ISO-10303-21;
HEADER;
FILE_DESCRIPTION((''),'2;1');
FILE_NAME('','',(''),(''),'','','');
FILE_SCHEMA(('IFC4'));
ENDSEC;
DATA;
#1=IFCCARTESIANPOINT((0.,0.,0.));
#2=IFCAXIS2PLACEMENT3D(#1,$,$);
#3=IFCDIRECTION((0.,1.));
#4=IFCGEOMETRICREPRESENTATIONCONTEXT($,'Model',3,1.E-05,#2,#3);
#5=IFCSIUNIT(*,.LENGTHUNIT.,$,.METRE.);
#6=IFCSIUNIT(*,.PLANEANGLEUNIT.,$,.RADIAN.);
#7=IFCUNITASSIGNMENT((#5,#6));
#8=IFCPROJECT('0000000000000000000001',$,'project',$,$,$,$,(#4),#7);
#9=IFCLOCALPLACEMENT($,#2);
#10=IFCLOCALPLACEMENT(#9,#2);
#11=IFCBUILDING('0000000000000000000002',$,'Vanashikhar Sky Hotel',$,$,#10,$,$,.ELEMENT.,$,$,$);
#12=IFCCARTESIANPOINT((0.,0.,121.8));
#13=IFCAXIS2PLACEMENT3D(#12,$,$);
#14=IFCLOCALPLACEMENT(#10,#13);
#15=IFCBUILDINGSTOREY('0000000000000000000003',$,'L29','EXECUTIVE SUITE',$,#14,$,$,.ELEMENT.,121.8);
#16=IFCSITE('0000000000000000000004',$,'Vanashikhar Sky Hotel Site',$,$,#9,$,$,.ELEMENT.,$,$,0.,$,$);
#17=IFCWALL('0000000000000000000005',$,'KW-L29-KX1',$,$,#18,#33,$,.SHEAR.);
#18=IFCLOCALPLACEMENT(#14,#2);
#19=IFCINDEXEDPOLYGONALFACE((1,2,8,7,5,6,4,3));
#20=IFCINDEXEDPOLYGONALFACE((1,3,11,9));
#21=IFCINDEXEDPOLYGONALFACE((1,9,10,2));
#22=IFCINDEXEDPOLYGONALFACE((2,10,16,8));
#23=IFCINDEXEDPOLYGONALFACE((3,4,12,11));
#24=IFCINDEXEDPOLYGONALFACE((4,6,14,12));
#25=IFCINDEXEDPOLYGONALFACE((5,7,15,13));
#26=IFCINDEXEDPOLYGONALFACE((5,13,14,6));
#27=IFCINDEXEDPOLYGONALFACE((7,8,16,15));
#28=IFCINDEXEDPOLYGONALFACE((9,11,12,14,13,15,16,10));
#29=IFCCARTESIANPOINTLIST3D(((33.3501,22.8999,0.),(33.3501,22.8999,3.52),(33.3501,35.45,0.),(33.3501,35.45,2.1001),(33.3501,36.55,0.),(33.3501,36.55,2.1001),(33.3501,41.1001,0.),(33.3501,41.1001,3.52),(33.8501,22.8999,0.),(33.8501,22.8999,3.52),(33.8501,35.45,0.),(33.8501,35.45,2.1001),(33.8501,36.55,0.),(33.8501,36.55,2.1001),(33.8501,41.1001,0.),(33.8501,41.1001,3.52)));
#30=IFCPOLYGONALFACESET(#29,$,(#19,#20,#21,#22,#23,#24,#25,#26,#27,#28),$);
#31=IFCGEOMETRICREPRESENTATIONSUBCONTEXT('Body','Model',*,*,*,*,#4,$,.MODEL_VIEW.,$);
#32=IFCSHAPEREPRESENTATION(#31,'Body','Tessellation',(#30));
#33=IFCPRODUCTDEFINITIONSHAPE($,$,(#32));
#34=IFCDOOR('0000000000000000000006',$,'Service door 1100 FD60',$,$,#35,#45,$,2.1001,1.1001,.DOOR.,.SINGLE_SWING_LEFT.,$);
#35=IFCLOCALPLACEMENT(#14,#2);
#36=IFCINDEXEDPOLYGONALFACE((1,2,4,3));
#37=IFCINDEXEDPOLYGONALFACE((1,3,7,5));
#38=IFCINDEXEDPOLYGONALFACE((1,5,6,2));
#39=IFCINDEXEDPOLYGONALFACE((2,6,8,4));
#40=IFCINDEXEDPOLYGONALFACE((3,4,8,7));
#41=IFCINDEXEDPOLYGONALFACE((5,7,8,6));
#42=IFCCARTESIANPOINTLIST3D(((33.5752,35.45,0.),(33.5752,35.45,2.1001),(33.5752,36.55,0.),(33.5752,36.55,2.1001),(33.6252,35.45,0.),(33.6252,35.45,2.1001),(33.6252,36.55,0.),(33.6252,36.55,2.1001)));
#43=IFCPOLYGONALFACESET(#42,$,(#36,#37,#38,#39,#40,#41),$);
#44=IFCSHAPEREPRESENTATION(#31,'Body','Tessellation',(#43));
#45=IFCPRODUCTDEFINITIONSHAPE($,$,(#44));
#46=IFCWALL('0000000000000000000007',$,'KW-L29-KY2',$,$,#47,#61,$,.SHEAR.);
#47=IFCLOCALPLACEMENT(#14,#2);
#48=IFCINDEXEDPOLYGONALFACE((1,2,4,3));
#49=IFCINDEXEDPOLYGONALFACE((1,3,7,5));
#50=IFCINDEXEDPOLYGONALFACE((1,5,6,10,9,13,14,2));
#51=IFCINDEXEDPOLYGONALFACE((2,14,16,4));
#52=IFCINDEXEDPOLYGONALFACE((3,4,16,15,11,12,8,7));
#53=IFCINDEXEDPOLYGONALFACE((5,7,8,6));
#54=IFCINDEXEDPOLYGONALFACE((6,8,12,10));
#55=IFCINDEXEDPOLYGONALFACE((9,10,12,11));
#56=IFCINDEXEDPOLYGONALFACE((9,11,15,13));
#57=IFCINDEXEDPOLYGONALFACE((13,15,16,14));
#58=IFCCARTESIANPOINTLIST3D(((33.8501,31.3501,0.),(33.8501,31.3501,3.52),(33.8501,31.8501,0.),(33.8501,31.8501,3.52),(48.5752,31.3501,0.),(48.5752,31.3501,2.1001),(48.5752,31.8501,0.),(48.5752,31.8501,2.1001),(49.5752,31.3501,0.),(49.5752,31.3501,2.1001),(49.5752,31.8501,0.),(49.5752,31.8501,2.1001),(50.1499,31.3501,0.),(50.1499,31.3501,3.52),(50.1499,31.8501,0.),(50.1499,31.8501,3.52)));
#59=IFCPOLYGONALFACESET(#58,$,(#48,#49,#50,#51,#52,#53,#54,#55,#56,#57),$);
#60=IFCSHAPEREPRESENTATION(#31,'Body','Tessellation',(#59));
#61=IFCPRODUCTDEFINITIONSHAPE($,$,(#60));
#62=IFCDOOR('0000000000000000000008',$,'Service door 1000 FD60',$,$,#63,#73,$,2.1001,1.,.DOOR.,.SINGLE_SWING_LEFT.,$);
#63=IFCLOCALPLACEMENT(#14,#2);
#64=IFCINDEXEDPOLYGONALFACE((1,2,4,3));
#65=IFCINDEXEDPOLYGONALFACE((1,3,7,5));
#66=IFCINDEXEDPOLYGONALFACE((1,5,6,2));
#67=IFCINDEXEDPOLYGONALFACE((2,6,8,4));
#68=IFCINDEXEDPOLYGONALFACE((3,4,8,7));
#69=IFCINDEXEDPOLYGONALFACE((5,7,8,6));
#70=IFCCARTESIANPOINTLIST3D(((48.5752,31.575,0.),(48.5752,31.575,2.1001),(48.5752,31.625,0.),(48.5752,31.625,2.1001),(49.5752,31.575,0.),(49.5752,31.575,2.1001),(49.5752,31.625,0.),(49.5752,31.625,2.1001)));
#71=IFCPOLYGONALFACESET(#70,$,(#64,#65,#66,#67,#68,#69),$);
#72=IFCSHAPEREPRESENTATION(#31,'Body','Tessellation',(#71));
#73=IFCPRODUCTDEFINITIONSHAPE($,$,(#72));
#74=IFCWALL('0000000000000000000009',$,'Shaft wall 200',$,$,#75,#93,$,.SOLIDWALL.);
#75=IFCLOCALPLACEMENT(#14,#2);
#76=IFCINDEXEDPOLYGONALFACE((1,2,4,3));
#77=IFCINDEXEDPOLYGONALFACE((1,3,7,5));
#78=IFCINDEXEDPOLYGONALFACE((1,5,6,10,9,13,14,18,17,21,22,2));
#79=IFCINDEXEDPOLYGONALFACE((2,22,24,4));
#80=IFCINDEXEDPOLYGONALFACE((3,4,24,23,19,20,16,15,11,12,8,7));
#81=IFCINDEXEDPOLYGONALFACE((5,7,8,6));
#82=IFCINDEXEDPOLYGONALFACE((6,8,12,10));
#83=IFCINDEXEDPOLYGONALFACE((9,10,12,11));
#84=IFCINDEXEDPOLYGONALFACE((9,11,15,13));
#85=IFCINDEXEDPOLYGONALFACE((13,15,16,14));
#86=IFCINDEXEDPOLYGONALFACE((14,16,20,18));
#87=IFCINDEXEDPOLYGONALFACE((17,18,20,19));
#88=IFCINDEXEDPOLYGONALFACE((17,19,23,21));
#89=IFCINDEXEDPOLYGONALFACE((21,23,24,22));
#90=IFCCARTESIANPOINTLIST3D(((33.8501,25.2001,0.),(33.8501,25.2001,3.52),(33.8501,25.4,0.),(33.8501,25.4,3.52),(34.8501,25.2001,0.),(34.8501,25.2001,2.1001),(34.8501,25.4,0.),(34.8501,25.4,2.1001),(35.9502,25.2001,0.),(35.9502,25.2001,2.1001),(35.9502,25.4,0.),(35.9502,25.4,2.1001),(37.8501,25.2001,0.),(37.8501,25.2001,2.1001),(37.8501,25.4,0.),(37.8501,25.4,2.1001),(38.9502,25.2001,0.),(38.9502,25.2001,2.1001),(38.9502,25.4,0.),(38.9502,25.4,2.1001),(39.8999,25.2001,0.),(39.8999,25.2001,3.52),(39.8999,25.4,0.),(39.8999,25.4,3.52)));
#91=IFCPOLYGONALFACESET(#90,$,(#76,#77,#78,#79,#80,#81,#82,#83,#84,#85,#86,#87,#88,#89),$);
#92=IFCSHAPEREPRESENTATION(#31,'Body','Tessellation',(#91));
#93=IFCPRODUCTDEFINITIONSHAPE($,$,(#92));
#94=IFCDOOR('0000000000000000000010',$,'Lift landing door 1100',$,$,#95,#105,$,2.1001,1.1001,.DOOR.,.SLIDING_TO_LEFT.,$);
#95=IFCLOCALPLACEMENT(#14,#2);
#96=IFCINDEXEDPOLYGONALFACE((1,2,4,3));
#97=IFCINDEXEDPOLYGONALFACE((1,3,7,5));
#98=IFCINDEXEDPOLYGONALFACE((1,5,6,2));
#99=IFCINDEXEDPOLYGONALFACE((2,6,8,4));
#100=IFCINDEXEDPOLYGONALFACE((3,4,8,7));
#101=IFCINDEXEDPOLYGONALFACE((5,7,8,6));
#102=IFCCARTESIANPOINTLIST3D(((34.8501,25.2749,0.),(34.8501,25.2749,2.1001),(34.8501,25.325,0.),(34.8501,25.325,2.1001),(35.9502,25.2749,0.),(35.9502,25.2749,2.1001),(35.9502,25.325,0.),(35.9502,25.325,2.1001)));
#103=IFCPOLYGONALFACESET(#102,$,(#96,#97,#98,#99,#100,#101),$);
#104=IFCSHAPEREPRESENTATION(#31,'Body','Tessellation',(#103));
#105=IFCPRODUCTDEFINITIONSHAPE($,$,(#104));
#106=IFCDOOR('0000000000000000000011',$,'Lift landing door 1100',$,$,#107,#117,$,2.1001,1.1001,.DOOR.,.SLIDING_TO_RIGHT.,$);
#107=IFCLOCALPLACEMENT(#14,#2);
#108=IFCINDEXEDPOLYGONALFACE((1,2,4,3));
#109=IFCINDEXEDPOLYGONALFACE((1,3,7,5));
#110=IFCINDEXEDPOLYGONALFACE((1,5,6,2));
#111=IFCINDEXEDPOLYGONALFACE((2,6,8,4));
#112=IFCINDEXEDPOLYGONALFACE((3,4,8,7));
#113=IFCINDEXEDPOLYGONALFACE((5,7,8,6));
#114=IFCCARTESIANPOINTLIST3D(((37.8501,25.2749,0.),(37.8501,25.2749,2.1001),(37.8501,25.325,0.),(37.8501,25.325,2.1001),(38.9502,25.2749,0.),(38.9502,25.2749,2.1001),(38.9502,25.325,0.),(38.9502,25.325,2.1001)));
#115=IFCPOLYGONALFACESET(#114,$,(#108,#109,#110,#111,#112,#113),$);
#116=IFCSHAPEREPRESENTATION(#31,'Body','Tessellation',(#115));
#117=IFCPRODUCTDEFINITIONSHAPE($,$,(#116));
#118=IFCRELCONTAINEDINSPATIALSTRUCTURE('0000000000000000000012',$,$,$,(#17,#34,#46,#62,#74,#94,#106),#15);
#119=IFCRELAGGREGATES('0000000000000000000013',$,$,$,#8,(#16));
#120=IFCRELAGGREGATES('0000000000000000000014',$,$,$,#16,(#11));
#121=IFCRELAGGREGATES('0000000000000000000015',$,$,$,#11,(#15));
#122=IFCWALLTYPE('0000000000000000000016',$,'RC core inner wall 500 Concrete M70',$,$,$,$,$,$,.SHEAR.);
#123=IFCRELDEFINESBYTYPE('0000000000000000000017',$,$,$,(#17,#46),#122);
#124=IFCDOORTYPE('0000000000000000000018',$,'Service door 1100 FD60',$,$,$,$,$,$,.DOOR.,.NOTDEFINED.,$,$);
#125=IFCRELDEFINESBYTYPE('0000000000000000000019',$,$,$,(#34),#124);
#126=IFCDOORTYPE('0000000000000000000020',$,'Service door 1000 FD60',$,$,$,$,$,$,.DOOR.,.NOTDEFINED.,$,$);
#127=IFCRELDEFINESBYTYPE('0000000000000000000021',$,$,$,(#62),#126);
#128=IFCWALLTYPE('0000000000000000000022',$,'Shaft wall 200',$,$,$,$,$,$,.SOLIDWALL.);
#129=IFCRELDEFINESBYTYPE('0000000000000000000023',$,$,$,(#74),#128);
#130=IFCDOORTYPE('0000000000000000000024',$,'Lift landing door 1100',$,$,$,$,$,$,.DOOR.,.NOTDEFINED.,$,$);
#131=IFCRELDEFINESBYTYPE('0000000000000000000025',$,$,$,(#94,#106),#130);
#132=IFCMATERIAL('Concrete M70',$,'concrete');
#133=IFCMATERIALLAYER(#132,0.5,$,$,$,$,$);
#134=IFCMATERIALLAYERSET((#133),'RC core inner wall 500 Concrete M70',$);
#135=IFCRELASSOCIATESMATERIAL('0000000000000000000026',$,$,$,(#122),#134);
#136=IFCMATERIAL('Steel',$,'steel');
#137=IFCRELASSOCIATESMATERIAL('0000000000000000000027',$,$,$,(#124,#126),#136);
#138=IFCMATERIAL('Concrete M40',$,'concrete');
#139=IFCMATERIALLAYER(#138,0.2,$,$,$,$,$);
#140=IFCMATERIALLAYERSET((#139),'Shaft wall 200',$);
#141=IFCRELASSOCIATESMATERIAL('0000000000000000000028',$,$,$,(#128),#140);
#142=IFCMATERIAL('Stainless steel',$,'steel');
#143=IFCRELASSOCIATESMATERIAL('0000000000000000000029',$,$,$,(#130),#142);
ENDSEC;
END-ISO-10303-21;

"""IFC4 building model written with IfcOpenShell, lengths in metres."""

from ifc_helpers import new_model, si_unit, direction, frame, frame_2d, origin, place, context, subcontext, project, spatial, rectangle, extrude, source, transform, mapped, material, layer, layer_set, type_object, element, fill, save


model = new_model("IFC4")

# Units and contexts
model_context = context("Model", 3, precision=1e-05, world=origin(), true_north=direction((0.0, 1.0)))
body_context = subcontext(model_context, "Body", "Model", "MODEL_VIEW")
ifc_project = project(units=[si_unit("LENGTHUNIT", "METRE"), si_unit("PLANEANGLEUNIT", "RADIAN")], contexts=[model_context])

# Site, building, storey
site_placement = place(None, origin())
site = spatial("IfcSite", under=ifc_project, at=site_placement, Name="Vanashikhar Sky Hotel Site", CompositionType="ELEMENT", RefElevation=0.0)
building_placement = place(site_placement, origin())
building = spatial("IfcBuilding", under=site, at=building_placement, Name="Vanashikhar Sky Hotel", CompositionType="ELEMENT")
storey_placement = place(building_placement, frame((0.0, 0.0, 121.8)))
storey = spatial("IfcBuildingStorey", under=building, at=storey_placement, Name="L29", Description="EXECUTIVE SUITE", CompositionType="ELEMENT", Elevation=121.8)

# Walls, openings, doors
ifc_material_1 = material(Name="Concrete M70", Category="concrete")
ifc_layer_1 = layer(ifc_material_1, 0.5)
ifc_layer_set_1 = layer_set([ifc_layer_1], Name="RC core inner wall 500 Concrete M70")
wall_type_1 = type_object("IfcWallType", Name="RC core inner wall 500 Concrete M70", PredefinedType="SHEAR", material=ifc_layer_set_1)
shared_shape_1 = source(origin(), body_context, "Body", "SweptSolid", [
    extrude(rectangle(XDim=18.2002, YDim=0.5, at=frame_2d((9.1001, 0.0))), origin(), (0.0, 0.0, 1.0), 3.52),
])
wall_1_placement = place(storey_placement, frame((33.6001, 22.8999, 0.0), z_axis=(0.0, 0.0, 1.0), x_axis=(0.0, 1.0, 0.0)))
wall_1 = element("IfcWall", 1, at=wall_1_placement, inside=storey, type_object=wall_type_1, Name="KW-L29-KX1", PredefinedType="SHEAR", context=body_context, shape_type="MappedRepresentation", body=[
    mapped(shared_shape_1, transform((0.0, 0.0, 0.0), scale=1.0)),
])
shared_shape_2 = source(origin(), body_context, "Body", "SweptSolid", [
    extrude(rectangle(XDim=1.1001, YDim=2.1001, at=frame_2d((0.55, 1.05))), frame((0.0, 0.26, 0.0), z_axis=(0.0, -1.0, 0.0), x_axis=(1.0, 0.0, 0.0)), (0.0, 0.0, 1.0), 0.52),
])
opening_1_placement = place(wall_1_placement, frame((12.55, 0.0, 0.0)))
opening_1 = element("IfcOpeningElement", 2, at=opening_1_placement, cuts=wall_1, PredefinedType="OPENING", context=body_context, shape_type="MappedRepresentation", body=[
    mapped(shared_shape_2, transform((0.0, 0.0, 0.0), scale=1.0)),
])
ifc_material_2 = material(Name="Steel", Category="steel")
door_type_1 = type_object("IfcDoorType", Name="Service door 1100 FD60", OperationType="NOTDEFINED", PredefinedType="DOOR", material=ifc_material_2)
shared_shape_3 = source(origin(), body_context, "Body", "SweptSolid", [
    extrude(rectangle(XDim=1.1001, YDim=2.1001, at=frame_2d((0.55, 1.05))), frame((0.0, 0.0249, 0.0), z_axis=(0.0, -1.0, 0.0), x_axis=(1.0, 0.0, 0.0)), (0.0, 0.0, 1.0), 0.05),
])
door_1_placement = place(opening_1_placement, origin())
door_1 = element("IfcDoor", 3, at=door_1_placement, inside=storey, type_object=door_type_1, Name="Service door 1100 FD60", OperationType="SINGLE_SWING_LEFT", OverallHeight=2.1001, OverallWidth=1.1001, PredefinedType="DOOR", context=body_context, shape_type="MappedRepresentation", body=[
    mapped(shared_shape_3, transform((0.0, 0.0, 0.0), scale=1.0)),
])
fill(opening_1, door_1)
shared_shape_4 = source(origin(), body_context, "Body", "SweptSolid", [
    extrude(rectangle(XDim=16.2998, YDim=0.5, at=frame_2d((8.1499, 0.0))), origin(), (0.0, 0.0, 1.0), 3.52),
])
wall_2_placement = place(storey_placement, frame((33.8501, 31.6001, 0.0), z_axis=(0.0, 0.0, 1.0), x_axis=(1.0, 0.0, 0.0)))
wall_2 = element("IfcWall", 4, at=wall_2_placement, inside=storey, type_object=wall_type_1, Name="KW-L29-KY2", PredefinedType="SHEAR", context=body_context, shape_type="MappedRepresentation", body=[
    mapped(shared_shape_4, transform((0.0, 0.0, 0.0), scale=1.0)),
])
shared_shape_5 = source(origin(), body_context, "Body", "SweptSolid", [
    extrude(rectangle(XDim=1.0, YDim=2.1001, at=frame_2d((0.5, 1.05))), frame((0.0, 0.26, 0.0), z_axis=(0.0, -1.0, 0.0), x_axis=(1.0, 0.0, 0.0)), (0.0, 0.0, 1.0), 0.52),
])
opening_2_placement = place(wall_2_placement, frame((14.7251, 0.0, 0.0)))
opening_2 = element("IfcOpeningElement", 5, at=opening_2_placement, cuts=wall_2, PredefinedType="OPENING", context=body_context, shape_type="MappedRepresentation", body=[
    mapped(shared_shape_5, transform((0.0, 0.0, 0.0), scale=1.0)),
])
door_type_2 = type_object("IfcDoorType", Name="Service door 1000 FD60", OperationType="NOTDEFINED", PredefinedType="DOOR", material=ifc_material_2)
shared_shape_6 = source(origin(), body_context, "Body", "SweptSolid", [
    extrude(rectangle(XDim=1.0, YDim=2.1001, at=frame_2d((0.5, 1.05))), frame((0.0, 0.0249, 0.0), z_axis=(0.0, -1.0, 0.0), x_axis=(1.0, 0.0, 0.0)), (0.0, 0.0, 1.0), 0.05),
])
door_2_placement = place(opening_2_placement, origin())
door_2 = element("IfcDoor", 6, at=door_2_placement, inside=storey, type_object=door_type_2, Name="Service door 1000 FD60", OperationType="SINGLE_SWING_LEFT", OverallHeight=2.1001, OverallWidth=1.0, PredefinedType="DOOR", context=body_context, shape_type="MappedRepresentation", body=[
    mapped(shared_shape_6, transform((0.0, 0.0, 0.0), scale=1.0)),
])
fill(opening_2, door_2)

# Wall, openings, doors
ifc_material_3 = material(Name="Concrete M40", Category="concrete")
ifc_layer_2 = layer(ifc_material_3, 0.2)
ifc_layer_set_2 = layer_set([ifc_layer_2], Name="Shaft wall 200")
wall_type_2 = type_object("IfcWallType", Name="Shaft wall 200", PredefinedType="SOLIDWALL", material=ifc_layer_set_2)
shared_shape_7 = source(origin(), body_context, "Body", "SweptSolid", [
    extrude(rectangle(XDim=6.0498, YDim=0.2, at=frame_2d((3.0249, 0.0))), origin(), (0.0, 0.0, 1.0), 3.52),
])
wall_3_placement = place(storey_placement, frame((33.8501, 25.3, 0.0), z_axis=(0.0, 0.0, 1.0), x_axis=(1.0, 0.0, 0.0)))
wall_3 = element("IfcWall", 7, at=wall_3_placement, inside=storey, type_object=wall_type_2, Name="Shaft wall 200", PredefinedType="SOLIDWALL", context=body_context, shape_type="MappedRepresentation", body=[
    mapped(shared_shape_7, transform((0.0, 0.0, 0.0), scale=1.0)),
])
shared_shape_8 = source(origin(), body_context, "Body", "SweptSolid", [
    extrude(rectangle(XDim=1.1001, YDim=2.1001, at=frame_2d((0.55, 1.05))), frame((0.0, 0.1099, 0.0), z_axis=(0.0, -1.0, 0.0), x_axis=(1.0, 0.0, 0.0)), (0.0, 0.0, 1.0), 0.22),
])
opening_3_placement = place(wall_3_placement, frame((1.0, 0.0, 0.0)))
opening_3 = element("IfcOpeningElement", 8, at=opening_3_placement, cuts=wall_3, PredefinedType="OPENING", context=body_context, shape_type="MappedRepresentation", body=[
    mapped(shared_shape_8, transform((0.0, 0.0, 0.0), scale=1.0)),
])
opening_4_placement = place(wall_3_placement, frame((4.0, 0.0, 0.0)))
opening_4 = element("IfcOpeningElement", 9, at=opening_4_placement, cuts=wall_3, PredefinedType="OPENING", context=body_context, shape_type="MappedRepresentation", body=[
    mapped(shared_shape_8, transform((0.0, 0.0, 0.0), scale=1.0)),
])
ifc_material_4 = material(Name="Stainless steel", Category="steel")
door_type_3 = type_object("IfcDoorType", Name="Lift landing door 1100", OperationType="NOTDEFINED", PredefinedType="DOOR", material=ifc_material_4)
door_3_placement = place(opening_3_placement, origin())
door_3 = element("IfcDoor", 10, at=door_3_placement, inside=storey, type_object=door_type_3, Name="Lift landing door 1100", OperationType="SLIDING_TO_LEFT", OverallHeight=2.1001, OverallWidth=1.1001, PredefinedType="DOOR", context=body_context, shape_type="MappedRepresentation", body=[
    mapped(shared_shape_3, transform((0.0, 0.0, 0.0), scale=1.0)),
])
fill(opening_3, door_3)
door_4_placement = place(opening_4_placement, origin())
door_4 = element("IfcDoor", 11, at=door_4_placement, inside=storey, type_object=door_type_3, Name="Lift landing door 1100", OperationType="SLIDING_TO_RIGHT", OverallHeight=2.1001, OverallWidth=1.1001, PredefinedType="DOOR", context=body_context, shape_type="MappedRepresentation", body=[
    mapped(shared_shape_3, transform((0.0, 0.0, 0.0), scale=1.0)),
])
fill(opening_4, door_4)

save(model, "model.ifc")
